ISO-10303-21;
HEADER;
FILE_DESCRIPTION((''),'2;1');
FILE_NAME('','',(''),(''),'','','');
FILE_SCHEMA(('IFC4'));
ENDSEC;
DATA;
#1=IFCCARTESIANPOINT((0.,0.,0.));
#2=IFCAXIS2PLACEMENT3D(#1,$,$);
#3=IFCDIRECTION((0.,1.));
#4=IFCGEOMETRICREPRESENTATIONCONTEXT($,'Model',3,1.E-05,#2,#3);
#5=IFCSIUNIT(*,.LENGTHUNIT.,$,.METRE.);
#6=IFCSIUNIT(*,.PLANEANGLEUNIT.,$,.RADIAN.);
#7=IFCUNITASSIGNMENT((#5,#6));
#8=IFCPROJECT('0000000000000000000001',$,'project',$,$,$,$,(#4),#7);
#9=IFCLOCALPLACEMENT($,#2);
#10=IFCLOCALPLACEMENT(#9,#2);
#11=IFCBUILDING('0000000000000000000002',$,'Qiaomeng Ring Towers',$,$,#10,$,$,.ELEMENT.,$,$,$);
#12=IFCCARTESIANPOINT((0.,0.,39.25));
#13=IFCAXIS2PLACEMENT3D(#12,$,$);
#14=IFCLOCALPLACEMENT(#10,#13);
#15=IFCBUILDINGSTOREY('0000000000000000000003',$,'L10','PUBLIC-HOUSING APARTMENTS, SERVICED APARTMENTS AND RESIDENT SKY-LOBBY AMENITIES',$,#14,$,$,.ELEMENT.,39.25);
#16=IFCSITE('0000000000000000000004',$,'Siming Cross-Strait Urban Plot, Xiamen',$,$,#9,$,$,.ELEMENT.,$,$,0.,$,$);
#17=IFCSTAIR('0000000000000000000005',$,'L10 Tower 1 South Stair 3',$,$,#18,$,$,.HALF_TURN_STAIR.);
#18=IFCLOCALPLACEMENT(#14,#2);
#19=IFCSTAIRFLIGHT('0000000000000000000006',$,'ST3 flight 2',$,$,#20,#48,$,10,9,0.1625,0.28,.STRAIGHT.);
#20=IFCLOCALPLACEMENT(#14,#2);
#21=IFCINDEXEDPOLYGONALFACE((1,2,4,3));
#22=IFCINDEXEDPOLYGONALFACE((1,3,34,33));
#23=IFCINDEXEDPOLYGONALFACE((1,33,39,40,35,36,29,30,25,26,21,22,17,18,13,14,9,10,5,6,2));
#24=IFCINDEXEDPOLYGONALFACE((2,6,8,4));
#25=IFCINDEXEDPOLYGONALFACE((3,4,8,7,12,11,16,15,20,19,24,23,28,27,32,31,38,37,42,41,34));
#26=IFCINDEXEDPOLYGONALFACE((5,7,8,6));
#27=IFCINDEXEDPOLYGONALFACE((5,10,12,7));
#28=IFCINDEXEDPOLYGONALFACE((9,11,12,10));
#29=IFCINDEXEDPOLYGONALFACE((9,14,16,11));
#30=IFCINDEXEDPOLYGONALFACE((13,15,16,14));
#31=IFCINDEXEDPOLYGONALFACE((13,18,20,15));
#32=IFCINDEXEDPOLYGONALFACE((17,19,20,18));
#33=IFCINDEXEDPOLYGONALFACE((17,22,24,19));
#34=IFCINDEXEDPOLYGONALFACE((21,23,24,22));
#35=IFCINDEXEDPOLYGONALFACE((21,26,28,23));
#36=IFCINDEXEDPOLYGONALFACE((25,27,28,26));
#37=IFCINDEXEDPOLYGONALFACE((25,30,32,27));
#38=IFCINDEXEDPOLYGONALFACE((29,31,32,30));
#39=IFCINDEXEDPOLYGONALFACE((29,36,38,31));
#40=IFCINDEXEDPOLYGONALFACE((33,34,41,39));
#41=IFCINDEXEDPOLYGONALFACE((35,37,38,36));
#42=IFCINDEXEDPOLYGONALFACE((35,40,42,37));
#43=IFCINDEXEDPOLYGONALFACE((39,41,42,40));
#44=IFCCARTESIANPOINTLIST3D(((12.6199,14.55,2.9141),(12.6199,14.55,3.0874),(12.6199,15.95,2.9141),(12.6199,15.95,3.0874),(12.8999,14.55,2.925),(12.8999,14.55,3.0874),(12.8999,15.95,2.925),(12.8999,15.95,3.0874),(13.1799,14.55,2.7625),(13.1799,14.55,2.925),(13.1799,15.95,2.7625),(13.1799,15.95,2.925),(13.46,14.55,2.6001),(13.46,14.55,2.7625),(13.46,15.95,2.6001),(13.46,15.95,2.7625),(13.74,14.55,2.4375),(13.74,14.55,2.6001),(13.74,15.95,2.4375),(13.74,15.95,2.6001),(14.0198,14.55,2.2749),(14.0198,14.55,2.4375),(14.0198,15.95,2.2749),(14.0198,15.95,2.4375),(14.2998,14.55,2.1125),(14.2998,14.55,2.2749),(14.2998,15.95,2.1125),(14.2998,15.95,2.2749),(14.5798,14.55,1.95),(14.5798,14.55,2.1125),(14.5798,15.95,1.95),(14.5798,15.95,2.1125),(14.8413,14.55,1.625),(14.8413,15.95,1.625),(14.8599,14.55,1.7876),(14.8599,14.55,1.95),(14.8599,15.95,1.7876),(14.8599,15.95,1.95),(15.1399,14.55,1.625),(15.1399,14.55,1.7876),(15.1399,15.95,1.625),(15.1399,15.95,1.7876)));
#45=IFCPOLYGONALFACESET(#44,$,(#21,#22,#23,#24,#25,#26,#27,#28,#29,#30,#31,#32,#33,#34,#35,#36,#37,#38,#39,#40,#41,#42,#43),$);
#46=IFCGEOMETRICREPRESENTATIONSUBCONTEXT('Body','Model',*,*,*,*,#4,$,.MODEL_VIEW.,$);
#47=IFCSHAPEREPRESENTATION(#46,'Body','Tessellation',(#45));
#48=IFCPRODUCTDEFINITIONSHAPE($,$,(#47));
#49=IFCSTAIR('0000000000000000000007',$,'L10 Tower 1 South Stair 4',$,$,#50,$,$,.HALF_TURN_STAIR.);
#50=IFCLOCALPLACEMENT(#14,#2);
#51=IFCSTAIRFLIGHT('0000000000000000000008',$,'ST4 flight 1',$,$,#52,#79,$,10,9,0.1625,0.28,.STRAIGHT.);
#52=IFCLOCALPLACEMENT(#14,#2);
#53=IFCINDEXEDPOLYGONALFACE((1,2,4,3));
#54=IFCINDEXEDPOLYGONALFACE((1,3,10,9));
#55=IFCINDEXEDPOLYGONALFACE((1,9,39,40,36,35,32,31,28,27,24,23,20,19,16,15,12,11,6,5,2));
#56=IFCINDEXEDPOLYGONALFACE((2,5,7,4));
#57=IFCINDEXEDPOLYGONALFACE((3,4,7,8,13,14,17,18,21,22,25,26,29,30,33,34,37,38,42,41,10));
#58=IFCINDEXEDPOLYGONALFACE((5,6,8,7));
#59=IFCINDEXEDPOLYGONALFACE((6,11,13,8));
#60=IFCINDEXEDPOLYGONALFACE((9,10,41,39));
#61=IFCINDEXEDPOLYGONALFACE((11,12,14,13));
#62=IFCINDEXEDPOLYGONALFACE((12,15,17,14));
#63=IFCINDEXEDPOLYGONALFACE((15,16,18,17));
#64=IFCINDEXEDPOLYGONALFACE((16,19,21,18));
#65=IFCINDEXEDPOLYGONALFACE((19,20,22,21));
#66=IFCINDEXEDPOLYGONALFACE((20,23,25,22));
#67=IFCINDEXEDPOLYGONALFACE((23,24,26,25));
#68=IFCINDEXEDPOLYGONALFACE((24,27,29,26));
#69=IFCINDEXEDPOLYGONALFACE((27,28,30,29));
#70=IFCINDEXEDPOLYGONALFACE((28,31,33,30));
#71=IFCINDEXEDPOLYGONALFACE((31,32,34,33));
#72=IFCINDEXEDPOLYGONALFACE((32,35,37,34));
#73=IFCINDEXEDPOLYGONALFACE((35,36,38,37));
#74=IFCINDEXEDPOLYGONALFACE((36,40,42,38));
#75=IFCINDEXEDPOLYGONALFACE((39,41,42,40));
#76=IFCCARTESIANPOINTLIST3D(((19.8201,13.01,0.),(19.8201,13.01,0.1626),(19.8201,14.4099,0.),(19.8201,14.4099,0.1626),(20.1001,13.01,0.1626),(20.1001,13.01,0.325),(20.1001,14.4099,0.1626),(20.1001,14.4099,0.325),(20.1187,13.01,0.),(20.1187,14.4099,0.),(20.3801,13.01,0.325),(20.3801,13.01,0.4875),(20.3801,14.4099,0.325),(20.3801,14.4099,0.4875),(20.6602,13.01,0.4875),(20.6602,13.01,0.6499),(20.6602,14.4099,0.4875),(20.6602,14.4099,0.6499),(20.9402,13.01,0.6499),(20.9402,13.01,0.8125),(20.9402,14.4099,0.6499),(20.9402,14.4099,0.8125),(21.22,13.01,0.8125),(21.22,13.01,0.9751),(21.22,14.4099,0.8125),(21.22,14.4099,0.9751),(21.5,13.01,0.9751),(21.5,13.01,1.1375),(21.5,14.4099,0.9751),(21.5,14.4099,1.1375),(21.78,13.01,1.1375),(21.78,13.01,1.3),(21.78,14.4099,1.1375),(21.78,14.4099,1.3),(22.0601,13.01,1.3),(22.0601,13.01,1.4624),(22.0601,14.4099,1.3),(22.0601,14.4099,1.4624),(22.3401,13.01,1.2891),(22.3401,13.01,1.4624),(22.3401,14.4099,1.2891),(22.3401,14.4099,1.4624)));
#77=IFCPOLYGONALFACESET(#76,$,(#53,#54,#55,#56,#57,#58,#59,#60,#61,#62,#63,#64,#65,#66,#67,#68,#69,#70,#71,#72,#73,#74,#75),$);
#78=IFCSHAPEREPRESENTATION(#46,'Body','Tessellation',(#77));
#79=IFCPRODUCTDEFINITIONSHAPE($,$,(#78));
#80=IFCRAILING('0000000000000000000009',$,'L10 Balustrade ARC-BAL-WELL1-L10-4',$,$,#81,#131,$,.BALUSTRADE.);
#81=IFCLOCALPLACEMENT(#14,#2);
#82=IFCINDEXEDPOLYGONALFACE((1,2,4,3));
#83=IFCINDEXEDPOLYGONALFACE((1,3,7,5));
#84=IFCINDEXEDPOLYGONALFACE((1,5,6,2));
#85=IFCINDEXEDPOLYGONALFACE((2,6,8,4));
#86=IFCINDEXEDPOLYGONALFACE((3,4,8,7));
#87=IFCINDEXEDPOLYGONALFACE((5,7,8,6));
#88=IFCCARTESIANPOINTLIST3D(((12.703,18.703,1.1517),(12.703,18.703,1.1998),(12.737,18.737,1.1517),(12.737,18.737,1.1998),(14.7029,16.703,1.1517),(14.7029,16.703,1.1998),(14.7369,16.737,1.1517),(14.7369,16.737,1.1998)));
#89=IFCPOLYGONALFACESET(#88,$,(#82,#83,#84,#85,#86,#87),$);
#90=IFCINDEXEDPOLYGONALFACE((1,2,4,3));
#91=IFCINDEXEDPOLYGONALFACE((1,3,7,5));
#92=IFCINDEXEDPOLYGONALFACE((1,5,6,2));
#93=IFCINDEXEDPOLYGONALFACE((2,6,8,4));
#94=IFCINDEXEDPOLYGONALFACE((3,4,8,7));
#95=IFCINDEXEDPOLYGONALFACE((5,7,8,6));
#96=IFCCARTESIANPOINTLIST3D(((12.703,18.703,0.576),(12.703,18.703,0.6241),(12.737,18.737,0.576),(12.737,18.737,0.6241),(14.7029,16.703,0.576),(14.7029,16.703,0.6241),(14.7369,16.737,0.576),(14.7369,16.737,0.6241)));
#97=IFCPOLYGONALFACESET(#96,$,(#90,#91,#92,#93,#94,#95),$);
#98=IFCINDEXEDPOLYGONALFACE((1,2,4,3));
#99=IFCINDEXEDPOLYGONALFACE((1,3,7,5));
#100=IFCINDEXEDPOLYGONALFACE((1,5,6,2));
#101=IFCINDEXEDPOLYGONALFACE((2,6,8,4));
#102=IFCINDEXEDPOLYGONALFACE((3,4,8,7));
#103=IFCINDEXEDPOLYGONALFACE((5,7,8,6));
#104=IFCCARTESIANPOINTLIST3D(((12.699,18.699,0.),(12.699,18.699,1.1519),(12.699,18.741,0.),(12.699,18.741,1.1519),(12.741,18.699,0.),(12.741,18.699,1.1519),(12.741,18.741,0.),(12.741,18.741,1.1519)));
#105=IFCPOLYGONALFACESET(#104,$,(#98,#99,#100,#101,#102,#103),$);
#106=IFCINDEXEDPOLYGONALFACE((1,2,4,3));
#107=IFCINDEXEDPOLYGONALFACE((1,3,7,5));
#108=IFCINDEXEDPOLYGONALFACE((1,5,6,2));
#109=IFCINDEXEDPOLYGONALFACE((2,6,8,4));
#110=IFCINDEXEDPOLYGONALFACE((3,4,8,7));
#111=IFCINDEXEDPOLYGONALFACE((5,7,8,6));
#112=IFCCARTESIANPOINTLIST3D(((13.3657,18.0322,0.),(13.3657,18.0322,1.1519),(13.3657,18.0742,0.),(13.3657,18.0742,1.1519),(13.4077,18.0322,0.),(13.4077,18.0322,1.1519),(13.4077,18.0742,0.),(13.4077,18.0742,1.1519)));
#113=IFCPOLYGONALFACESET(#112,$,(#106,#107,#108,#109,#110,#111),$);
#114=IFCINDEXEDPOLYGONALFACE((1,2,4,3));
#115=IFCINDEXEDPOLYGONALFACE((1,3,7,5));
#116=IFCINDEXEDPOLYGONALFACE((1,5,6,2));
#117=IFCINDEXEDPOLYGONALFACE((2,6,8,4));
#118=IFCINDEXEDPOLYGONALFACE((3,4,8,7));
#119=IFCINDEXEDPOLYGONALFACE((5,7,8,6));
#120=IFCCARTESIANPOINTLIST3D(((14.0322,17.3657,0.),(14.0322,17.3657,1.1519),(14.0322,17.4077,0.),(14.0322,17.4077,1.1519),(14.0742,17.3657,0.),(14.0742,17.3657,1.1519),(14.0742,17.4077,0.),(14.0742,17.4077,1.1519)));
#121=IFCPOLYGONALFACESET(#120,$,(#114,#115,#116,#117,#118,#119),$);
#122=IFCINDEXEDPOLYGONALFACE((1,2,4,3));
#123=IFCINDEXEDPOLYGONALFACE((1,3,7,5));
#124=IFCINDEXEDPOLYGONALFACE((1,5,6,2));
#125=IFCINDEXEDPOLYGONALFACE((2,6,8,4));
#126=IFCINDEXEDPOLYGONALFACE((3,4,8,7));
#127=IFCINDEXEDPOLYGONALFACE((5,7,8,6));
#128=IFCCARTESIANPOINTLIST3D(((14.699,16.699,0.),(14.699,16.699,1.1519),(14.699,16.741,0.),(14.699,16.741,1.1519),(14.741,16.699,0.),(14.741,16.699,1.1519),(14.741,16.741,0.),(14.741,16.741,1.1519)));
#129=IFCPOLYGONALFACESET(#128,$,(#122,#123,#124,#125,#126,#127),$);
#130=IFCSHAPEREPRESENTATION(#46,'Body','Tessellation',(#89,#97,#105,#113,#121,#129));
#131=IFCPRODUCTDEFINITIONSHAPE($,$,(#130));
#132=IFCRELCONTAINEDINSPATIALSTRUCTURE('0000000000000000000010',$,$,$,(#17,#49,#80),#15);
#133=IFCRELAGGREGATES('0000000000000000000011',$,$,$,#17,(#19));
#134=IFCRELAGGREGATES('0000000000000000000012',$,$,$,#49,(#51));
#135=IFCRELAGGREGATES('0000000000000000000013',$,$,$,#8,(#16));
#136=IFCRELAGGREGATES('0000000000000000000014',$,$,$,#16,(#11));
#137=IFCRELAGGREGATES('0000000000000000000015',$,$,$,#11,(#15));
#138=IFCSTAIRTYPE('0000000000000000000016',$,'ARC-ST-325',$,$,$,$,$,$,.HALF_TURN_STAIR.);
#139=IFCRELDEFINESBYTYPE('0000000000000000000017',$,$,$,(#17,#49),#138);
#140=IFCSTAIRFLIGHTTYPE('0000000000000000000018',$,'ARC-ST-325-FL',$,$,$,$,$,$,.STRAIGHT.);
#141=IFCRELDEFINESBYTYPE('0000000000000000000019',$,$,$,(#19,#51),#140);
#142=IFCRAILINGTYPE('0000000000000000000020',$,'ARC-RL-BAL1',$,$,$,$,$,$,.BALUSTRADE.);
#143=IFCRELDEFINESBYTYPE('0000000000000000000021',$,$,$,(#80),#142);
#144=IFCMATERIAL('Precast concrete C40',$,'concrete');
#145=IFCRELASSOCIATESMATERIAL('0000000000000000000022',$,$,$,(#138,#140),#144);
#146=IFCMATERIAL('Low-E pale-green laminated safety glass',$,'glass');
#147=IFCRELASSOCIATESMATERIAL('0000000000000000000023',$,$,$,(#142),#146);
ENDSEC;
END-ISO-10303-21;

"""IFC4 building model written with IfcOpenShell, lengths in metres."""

from ifc_helpers import new_model, si_unit, direction, frame, origin, origin_2d, place, context, subcontext, project, spatial, polyline, rectangle, outline, extrude, source, transform, mapped, material, type_object, element, aggregate, save


model = new_model("IFC4")

# Units and contexts
model_context = context("Model", 3, precision=1e-05, world=origin(), true_north=direction((0.0, 1.0)))
body_context = subcontext(model_context, "Body", "Model", "MODEL_VIEW")
ifc_project = project(units=[si_unit("LENGTHUNIT", "METRE"), si_unit("PLANEANGLEUNIT", "RADIAN")], contexts=[model_context])

# Site, building, storey
site_placement = place(None, origin())
site = spatial("IfcSite", under=ifc_project, at=site_placement, Name="Siming Cross-Strait Urban Plot, Xiamen", CompositionType="ELEMENT", RefElevation=0.0)
building_placement = place(site_placement, origin())
building = spatial("IfcBuilding", under=site, at=building_placement, Name="Qiaomeng Ring Towers", CompositionType="ELEMENT")
storey_placement = place(building_placement, frame((0.0, 0.0, 39.25)))
storey = spatial("IfcBuildingStorey", under=building, at=storey_placement, Name="L10", Description="PUBLIC-HOUSING APARTMENTS, SERVICED APARTMENTS AND RESIDENT SKY-LOBBY AMENITIES", CompositionType="ELEMENT", Elevation=39.25)

# Stairs, stair flights
ifc_material_1 = material(Name="Precast concrete C40", Category="concrete")
stair_type = type_object("IfcStairType", Name="ARC-ST-325", PredefinedType="HALF_TURN_STAIR", material=ifc_material_1)
stair_1_placement = place(storey_placement, origin())
stair_1 = element("IfcStair", 1, at=stair_1_placement, inside=storey, type_object=stair_type, Name="L10 Tower 1 South Stair 3", PredefinedType="HALF_TURN_STAIR")
stair_flight_type = type_object("IfcStairFlightType", Name="ARC-ST-325-FL", PredefinedType="STRAIGHT", material=ifc_material_1)
shared_shape_1 = source(origin(), body_context, "Body", "SweptSolid", [
    extrude(outline(polyline([(0.0, 0.0), (0.0, 0.1626), (0.28, 0.1626), (0.28, 0.325), (0.5601, 0.325), (0.5601, 0.4875), (0.8401, 0.4875), (0.8401, 0.6499), (1.1201, 0.6499), (1.1201, 0.8125), (1.3999, 0.8125), (1.3999, 0.9751), (1.6799, 0.9751), (1.6799, 1.1375), (1.96, 1.1375), (1.96, 1.3), (2.24, 1.3), (2.24, 1.4624), (2.52, 1.4624), (2.52, 1.625), (2.52, 1.2891), (0.2986, 0.0), (0.0, 0.0)])), frame((0.0, 0.7, 0.0), z_axis=(0.0, -1.0, 0.0), x_axis=(1.0, 0.0, 0.0)), (0.0, 0.0, 1.0), 1.3999),
])
stair_flight_1_placement = place(storey_placement, frame((15.1399, 15.25, 1.625), z_axis=(0.0, 0.0, 1.0), x_axis=(-1.0, 0.0, 0.0)))
stair_flight_1 = element("IfcStairFlight", 2, at=stair_flight_1_placement, type_object=stair_flight_type, Name="ST3 flight 2", NumberOfRisers=10, NumberOfTreads=9, PredefinedType="STRAIGHT", RiserHeight=0.1625, TreadLength=0.28, context=body_context, shape_type="MappedRepresentation", body=[
    mapped(shared_shape_1, transform((0.0, 0.0, 0.0), x_axis=(1.0, 0.0, 0.0), y_axis=(0.0, 1.0, 0.0), z_axis=(0.0, 0.0, 1.0), scale=1.0)),
])
aggregate(stair_1, [stair_flight_1])
stair_2_placement = place(storey_placement, origin())
stair_2 = element("IfcStair", 3, at=stair_2_placement, inside=storey, type_object=stair_type, Name="L10 Tower 1 South Stair 4", PredefinedType="HALF_TURN_STAIR")
stair_flight_2_placement = place(storey_placement, frame((19.8201, 13.71, 0.0), z_axis=(0.0, 0.0, 1.0), x_axis=(1.0, 0.0, 0.0)))
stair_flight_2 = element("IfcStairFlight", 4, at=stair_flight_2_placement, type_object=stair_flight_type, Name="ST4 flight 1", NumberOfRisers=10, NumberOfTreads=9, PredefinedType="STRAIGHT", RiserHeight=0.1625, TreadLength=0.28, context=body_context, shape_type="MappedRepresentation", body=[
    mapped(shared_shape_1, transform((0.0, 0.0, 0.0), x_axis=(1.0, 0.0, 0.0), y_axis=(0.0, 1.0, 0.0), z_axis=(0.0, 0.0, 1.0), scale=1.0)),
])
aggregate(stair_2, [stair_flight_2])

# Railing
ifc_material_2 = material(Name="Low-E pale-green laminated safety glass", Category="glass")
railing_type_1 = type_object("IfcRailingType", Name="ARC-RL-BAL1", PredefinedType="BALUSTRADE", material=ifc_material_2)
railing_1_placement = place(storey_placement, frame((12.72, 18.72, 0.0)))
element("IfcRailing", 5, at=railing_1_placement, inside=storey, type_object=railing_type_1, Name="L10 Balustrade ARC-BAL-WELL1-L10-4", PredefinedType="BALUSTRADE", context=body_context, shape_type="SweptSolid", body=[
    extrude(rectangle(XDim=0.0481, YDim=0.0481, at=origin_2d()), frame((0.0, 0.0, 1.1758), z_axis=(0.707107, -0.707107, 0.0), x_axis=(0.707107, 0.707107, 0.0)), (0.0, 0.0, 1.0), 2.8284),
    extrude(rectangle(XDim=0.0481, YDim=0.0481, at=origin_2d()), frame((0.0, 0.0, 0.6001), z_axis=(0.707107, -0.707107, 0.0), x_axis=(0.707107, 0.707107, 0.0)), (0.0, 0.0, 1.0), 2.8284),
    extrude(rectangle(XDim=0.042, YDim=0.042, at=origin_2d()), origin(), (0.0, 0.0, 1.0), 1.1519),
    extrude(rectangle(XDim=0.042, YDim=0.042, at=origin_2d()), frame((0.6667, -0.6667, 0.0)), (0.0, 0.0, 1.0), 1.1519),
    extrude(rectangle(XDim=0.042, YDim=0.042, at=origin_2d()), frame((1.3333, -1.3333, 0.0)), (0.0, 0.0, 1.0), 1.1519),
    extrude(rectangle(XDim=0.042, YDim=0.042, at=origin_2d()), frame((2.0, -2.0, 0.0)), (0.0, 0.0, 1.0), 1.1519),
])

save(model, "model.ifc")
